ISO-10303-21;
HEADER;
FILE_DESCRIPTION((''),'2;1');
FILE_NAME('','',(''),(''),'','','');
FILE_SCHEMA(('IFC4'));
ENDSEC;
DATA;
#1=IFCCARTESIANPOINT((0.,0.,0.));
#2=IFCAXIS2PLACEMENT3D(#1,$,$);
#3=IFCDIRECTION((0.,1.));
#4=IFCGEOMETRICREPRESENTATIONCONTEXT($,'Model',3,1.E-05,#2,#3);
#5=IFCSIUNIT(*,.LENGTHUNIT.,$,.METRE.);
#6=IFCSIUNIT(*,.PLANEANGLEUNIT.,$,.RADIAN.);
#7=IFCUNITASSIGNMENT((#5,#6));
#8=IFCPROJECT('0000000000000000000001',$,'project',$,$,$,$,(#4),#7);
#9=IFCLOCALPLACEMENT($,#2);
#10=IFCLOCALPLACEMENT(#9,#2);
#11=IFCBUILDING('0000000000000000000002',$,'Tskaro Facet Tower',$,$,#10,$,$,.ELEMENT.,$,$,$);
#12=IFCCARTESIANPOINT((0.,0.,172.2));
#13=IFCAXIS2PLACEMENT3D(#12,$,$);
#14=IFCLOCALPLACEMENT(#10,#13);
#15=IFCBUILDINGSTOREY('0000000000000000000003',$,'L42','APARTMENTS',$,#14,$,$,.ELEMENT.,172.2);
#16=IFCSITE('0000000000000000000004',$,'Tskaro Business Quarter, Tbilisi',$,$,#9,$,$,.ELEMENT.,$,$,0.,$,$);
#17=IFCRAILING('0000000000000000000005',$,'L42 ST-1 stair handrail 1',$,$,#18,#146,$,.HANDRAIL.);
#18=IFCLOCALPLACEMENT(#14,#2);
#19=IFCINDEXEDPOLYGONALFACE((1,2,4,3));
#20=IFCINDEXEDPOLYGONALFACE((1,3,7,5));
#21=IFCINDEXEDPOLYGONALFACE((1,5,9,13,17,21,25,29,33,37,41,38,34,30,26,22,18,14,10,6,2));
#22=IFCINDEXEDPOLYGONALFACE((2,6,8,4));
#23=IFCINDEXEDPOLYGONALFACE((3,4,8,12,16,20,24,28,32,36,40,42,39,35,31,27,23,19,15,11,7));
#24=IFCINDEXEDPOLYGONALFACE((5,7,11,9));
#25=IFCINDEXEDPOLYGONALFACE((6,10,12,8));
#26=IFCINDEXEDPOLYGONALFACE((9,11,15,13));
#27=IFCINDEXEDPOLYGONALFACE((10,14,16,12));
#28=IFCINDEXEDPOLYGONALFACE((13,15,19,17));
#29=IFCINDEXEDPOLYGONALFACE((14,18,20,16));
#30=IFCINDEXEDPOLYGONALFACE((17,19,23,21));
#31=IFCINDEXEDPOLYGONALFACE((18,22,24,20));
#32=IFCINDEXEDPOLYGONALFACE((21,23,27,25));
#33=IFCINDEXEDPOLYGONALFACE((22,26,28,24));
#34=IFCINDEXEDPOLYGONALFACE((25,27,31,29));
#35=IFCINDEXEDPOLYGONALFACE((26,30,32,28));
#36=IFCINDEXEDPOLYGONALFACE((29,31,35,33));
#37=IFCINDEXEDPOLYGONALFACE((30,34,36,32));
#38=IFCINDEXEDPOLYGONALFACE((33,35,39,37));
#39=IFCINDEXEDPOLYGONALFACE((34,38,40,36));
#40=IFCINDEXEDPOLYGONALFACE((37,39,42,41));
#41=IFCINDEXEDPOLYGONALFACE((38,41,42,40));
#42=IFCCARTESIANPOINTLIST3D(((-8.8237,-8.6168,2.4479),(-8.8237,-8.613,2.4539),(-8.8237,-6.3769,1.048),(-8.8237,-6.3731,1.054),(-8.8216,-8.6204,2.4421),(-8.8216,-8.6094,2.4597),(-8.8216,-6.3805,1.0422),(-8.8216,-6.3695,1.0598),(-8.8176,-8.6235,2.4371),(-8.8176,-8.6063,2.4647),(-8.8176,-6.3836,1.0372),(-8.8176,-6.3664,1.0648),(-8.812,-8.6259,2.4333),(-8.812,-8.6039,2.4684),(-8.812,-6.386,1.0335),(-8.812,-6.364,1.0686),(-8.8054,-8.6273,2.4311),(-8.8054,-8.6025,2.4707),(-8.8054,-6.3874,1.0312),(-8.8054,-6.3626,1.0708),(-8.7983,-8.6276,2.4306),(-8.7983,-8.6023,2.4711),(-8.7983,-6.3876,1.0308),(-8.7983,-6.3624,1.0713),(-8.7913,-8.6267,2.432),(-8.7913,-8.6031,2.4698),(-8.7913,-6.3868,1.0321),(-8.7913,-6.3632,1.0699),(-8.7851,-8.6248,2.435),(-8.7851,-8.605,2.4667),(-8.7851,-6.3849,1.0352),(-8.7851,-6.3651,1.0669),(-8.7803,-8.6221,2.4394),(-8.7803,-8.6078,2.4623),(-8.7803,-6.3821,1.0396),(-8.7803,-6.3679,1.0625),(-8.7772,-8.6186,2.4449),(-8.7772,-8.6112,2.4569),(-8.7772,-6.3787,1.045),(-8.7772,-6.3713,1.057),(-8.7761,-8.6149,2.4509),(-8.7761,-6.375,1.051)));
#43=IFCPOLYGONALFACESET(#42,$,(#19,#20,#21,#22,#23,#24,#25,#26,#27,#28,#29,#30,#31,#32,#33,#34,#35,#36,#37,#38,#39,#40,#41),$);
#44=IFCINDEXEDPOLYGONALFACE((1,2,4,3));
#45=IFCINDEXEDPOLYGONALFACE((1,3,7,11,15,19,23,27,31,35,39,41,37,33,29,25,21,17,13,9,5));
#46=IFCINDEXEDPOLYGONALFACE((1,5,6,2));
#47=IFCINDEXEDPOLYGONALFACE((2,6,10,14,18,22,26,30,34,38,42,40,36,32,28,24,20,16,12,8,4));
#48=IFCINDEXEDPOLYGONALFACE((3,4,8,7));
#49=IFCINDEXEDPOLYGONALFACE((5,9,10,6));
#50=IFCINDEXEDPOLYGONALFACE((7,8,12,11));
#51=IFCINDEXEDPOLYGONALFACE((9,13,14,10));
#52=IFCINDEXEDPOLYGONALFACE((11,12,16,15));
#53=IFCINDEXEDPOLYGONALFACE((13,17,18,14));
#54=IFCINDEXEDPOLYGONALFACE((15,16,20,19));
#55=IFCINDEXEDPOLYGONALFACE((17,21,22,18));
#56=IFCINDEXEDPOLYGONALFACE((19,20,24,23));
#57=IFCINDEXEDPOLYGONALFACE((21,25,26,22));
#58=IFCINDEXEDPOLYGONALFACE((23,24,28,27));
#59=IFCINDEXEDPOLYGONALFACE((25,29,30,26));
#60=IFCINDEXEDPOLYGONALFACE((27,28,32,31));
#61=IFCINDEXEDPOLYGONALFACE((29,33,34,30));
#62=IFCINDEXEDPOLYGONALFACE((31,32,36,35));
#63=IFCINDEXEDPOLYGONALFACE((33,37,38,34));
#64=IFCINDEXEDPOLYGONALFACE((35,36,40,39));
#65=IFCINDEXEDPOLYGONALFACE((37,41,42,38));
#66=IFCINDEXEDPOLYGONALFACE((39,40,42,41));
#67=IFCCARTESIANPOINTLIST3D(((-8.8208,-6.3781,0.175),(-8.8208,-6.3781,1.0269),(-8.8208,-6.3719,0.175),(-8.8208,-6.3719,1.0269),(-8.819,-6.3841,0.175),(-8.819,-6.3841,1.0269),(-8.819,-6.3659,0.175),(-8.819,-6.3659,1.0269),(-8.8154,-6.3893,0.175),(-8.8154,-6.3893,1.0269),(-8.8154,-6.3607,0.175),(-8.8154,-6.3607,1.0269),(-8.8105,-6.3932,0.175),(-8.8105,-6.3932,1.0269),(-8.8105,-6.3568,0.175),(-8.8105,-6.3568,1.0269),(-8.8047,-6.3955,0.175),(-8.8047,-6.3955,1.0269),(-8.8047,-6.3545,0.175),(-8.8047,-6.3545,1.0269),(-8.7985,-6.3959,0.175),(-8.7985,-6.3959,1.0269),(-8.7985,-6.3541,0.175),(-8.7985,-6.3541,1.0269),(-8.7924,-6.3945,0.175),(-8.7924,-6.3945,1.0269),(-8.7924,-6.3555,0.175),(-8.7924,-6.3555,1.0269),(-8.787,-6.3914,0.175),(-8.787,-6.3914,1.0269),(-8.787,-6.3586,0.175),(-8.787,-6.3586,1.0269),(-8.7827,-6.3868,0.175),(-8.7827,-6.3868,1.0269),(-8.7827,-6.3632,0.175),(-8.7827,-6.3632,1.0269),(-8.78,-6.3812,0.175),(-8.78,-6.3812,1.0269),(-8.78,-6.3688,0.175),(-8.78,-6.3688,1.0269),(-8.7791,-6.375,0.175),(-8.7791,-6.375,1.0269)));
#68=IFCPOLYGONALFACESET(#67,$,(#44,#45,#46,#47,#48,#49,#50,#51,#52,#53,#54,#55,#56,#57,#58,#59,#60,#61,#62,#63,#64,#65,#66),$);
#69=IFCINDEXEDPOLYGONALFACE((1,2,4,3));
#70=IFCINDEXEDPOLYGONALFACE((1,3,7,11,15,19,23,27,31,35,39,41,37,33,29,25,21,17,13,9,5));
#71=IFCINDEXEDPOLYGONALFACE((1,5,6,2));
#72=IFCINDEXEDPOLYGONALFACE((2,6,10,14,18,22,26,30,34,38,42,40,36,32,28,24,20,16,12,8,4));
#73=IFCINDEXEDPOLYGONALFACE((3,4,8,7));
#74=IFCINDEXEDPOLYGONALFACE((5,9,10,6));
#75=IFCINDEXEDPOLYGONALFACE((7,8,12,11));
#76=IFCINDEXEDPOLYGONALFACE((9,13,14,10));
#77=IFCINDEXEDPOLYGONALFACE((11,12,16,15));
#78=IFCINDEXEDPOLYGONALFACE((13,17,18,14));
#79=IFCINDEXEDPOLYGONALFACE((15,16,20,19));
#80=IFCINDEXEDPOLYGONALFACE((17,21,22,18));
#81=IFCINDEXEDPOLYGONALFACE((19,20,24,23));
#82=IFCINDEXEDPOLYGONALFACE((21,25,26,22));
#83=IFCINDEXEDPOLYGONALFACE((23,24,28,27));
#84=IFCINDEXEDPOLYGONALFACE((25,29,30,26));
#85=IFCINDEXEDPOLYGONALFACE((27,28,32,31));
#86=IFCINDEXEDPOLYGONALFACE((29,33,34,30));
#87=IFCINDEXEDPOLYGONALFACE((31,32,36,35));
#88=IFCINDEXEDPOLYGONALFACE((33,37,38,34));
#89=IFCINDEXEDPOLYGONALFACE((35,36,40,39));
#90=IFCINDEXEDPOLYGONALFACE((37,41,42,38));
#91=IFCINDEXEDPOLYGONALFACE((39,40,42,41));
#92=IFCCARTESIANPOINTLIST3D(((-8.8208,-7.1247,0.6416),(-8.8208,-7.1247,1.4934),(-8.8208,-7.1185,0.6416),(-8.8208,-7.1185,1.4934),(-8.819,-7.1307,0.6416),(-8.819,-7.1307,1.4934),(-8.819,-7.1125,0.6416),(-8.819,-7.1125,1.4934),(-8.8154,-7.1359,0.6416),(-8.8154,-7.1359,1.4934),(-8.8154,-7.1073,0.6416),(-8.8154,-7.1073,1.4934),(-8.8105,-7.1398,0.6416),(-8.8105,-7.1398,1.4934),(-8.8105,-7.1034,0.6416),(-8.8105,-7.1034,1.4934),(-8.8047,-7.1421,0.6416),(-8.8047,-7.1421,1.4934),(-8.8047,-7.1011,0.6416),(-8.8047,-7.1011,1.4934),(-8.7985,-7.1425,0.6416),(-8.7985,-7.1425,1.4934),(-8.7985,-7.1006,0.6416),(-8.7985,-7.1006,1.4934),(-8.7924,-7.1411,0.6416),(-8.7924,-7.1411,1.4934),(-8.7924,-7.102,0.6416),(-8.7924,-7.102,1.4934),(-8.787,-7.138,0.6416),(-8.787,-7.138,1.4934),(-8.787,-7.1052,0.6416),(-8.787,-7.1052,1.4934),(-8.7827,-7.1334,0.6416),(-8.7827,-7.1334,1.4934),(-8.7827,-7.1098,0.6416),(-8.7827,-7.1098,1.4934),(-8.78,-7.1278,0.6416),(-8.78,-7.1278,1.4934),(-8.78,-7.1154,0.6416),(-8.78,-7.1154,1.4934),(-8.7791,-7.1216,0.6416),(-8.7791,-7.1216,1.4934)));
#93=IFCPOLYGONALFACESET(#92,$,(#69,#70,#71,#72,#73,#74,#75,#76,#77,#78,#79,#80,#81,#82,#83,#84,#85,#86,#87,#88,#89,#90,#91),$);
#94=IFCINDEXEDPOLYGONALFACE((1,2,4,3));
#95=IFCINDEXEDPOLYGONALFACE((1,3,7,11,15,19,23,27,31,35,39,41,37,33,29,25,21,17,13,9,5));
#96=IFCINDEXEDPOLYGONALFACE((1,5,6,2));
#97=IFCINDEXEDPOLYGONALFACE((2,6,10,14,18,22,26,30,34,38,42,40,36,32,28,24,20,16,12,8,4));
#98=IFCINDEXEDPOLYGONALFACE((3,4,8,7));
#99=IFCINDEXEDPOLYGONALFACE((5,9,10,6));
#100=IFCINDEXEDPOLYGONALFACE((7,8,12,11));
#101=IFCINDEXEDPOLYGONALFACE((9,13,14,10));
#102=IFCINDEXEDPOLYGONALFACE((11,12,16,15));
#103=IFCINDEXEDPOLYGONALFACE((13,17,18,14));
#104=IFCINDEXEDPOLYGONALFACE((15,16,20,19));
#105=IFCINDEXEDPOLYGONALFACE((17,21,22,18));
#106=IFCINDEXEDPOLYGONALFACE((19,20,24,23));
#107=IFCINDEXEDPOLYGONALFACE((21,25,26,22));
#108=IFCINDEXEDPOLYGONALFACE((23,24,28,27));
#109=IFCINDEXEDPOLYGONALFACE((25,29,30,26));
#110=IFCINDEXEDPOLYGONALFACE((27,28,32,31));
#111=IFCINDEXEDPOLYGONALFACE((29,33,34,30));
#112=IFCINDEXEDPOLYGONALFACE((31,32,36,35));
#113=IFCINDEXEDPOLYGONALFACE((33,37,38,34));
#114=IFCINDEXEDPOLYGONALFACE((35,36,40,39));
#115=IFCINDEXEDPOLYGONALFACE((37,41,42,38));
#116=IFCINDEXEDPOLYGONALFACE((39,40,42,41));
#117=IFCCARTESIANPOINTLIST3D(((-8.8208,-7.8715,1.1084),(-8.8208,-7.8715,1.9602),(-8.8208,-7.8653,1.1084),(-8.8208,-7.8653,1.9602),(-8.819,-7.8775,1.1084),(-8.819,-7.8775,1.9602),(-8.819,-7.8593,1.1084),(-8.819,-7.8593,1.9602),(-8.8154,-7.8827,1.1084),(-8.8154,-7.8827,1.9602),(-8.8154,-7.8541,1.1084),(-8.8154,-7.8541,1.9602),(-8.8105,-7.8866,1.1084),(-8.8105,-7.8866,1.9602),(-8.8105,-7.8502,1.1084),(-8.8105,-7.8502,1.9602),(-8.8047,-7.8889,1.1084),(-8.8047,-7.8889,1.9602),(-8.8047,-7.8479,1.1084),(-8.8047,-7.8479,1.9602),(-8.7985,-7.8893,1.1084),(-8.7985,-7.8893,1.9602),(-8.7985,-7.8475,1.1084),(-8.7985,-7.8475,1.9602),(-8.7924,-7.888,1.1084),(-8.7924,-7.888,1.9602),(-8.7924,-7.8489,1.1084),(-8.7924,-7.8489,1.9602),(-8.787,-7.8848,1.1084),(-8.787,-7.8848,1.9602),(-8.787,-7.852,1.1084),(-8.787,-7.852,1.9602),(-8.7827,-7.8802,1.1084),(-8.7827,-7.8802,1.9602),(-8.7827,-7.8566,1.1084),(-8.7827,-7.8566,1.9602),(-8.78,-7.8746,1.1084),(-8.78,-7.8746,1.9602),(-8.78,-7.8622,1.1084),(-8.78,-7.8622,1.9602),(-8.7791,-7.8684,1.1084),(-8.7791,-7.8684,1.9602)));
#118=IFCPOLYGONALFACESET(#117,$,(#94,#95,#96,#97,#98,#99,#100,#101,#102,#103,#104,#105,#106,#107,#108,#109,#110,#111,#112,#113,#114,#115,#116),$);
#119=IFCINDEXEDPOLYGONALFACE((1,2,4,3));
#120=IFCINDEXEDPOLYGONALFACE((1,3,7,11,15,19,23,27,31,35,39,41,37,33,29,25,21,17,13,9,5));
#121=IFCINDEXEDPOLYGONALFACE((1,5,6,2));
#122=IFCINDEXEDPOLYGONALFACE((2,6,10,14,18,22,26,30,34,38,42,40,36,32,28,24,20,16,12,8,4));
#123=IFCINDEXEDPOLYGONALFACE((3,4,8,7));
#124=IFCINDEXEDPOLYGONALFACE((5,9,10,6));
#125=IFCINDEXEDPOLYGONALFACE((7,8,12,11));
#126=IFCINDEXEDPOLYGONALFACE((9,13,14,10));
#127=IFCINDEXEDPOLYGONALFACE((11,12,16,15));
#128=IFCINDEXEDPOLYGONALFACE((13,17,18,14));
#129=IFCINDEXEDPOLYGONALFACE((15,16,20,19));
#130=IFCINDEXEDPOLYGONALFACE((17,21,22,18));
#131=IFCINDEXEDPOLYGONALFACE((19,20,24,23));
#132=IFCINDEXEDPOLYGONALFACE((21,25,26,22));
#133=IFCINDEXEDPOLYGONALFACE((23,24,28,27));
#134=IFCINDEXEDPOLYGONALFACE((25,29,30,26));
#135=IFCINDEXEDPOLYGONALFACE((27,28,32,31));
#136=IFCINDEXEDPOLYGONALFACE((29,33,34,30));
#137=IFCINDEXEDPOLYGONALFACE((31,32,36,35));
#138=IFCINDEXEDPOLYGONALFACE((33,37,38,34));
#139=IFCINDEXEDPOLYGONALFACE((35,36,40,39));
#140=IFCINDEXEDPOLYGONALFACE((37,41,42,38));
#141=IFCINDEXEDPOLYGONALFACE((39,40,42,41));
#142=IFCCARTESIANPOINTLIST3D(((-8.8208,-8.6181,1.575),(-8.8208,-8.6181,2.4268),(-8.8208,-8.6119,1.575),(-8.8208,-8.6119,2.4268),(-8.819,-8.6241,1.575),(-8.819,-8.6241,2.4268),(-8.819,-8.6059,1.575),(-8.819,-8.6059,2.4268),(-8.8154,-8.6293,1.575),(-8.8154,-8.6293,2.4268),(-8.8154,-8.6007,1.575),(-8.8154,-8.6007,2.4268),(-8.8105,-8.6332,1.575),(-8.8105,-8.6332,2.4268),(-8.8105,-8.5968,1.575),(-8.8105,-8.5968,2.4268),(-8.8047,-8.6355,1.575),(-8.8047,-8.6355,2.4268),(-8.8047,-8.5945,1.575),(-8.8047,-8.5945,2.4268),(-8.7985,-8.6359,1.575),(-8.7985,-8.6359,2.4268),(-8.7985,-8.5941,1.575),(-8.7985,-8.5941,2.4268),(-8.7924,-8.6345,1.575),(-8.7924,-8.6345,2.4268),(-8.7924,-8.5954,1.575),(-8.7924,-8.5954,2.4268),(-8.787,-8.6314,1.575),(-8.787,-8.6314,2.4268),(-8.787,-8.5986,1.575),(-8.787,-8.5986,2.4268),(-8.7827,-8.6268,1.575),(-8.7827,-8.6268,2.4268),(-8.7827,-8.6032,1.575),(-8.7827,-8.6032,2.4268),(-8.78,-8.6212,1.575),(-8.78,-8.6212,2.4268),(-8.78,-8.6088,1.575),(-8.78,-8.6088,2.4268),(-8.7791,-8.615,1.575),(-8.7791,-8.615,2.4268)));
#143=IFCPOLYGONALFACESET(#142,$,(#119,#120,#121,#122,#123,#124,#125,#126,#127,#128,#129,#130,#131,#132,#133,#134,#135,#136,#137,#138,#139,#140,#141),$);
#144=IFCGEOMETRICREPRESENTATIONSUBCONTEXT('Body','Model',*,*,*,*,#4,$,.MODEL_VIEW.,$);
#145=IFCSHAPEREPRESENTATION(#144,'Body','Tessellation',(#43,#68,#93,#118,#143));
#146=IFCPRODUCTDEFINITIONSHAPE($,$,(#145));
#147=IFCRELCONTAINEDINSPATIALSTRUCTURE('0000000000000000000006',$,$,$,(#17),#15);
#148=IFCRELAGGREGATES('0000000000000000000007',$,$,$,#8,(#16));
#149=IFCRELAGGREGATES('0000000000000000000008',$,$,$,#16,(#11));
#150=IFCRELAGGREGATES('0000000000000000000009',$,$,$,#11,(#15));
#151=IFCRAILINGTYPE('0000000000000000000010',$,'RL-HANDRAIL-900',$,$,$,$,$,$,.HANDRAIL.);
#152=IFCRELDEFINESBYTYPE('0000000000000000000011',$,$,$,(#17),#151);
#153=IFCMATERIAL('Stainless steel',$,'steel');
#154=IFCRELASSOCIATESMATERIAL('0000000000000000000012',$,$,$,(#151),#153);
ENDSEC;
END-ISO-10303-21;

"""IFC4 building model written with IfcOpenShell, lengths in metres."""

from ifc_helpers import new_model, si_unit, direction, frame, origin, origin_2d, place, context, subcontext, project, spatial, circle, extrude, material, type_object, element, save


model = new_model("IFC4")

# Units and contexts
model_context = context("Model", 3, precision=1e-05, world=origin(), true_north=direction((0.0, 1.0)))
body_context = subcontext(model_context, "Body", "Model", "MODEL_VIEW")
ifc_project = project(units=[si_unit("LENGTHUNIT", "METRE"), si_unit("PLANEANGLEUNIT", "RADIAN")], contexts=[model_context])

# Site, building, storey
site_placement = place(None, origin())
site = spatial("IfcSite", under=ifc_project, at=site_placement, Name="Tskaro Business Quarter, Tbilisi", CompositionType="ELEMENT", RefElevation=0.0)
building_placement = place(site_placement, origin())
building = spatial("IfcBuilding", under=site, at=building_placement, Name="Tskaro Facet Tower", CompositionType="ELEMENT")
storey_placement = place(building_placement, frame((0.0, 0.0, 172.2)))
storey = spatial("IfcBuildingStorey", under=building, at=storey_placement, Name="L42", Description="APARTMENTS", CompositionType="ELEMENT", Elevation=172.2)

# Shared definitions
ifc_material_1 = material(Name="Stainless steel", Category="steel")

# Railing
railing_type_1 = type_object("IfcRailingType", Name="RL-HANDRAIL-900", PredefinedType="HANDRAIL", material=ifc_material_1)
railing_1_placement = place(storey_placement, frame((-8.8, -6.375, 0.175)))
element("IfcRailing", 1, at=railing_1_placement, inside=storey, type_object=railing_type_1, Name="L42 ST-1 stair handrail 1", PredefinedType="HANDRAIL", context=body_context, shape_type="SweptSolid", body=[
    extrude(circle(Radius=0.0239, at=origin_2d()), frame((0.0, 0.0, 0.876), z_axis=(0.0, -0.848014, 0.529974), x_axis=(1.0, 0.0, 0.0)), (0.0, 0.0, 1.0), 2.6414),
    extrude(circle(Radius=0.021, at=origin_2d()), origin(), (0.0, 0.0, 1.0), 0.8518),
    extrude(circle(Radius=0.021, at=origin_2d()), frame((0.0, -0.7466, 0.4666)), (0.0, 0.0, 1.0), 0.8518),
    extrude(circle(Radius=0.021, at=origin_2d()), frame((0.0, -1.4934, 0.9333)), (0.0, 0.0, 1.0), 0.8518),
    extrude(circle(Radius=0.021, at=origin_2d()), frame((0.0, -2.24, 1.3999)), (0.0, 0.0, 1.0), 0.8518),
])

save(model, "model.ifc")
